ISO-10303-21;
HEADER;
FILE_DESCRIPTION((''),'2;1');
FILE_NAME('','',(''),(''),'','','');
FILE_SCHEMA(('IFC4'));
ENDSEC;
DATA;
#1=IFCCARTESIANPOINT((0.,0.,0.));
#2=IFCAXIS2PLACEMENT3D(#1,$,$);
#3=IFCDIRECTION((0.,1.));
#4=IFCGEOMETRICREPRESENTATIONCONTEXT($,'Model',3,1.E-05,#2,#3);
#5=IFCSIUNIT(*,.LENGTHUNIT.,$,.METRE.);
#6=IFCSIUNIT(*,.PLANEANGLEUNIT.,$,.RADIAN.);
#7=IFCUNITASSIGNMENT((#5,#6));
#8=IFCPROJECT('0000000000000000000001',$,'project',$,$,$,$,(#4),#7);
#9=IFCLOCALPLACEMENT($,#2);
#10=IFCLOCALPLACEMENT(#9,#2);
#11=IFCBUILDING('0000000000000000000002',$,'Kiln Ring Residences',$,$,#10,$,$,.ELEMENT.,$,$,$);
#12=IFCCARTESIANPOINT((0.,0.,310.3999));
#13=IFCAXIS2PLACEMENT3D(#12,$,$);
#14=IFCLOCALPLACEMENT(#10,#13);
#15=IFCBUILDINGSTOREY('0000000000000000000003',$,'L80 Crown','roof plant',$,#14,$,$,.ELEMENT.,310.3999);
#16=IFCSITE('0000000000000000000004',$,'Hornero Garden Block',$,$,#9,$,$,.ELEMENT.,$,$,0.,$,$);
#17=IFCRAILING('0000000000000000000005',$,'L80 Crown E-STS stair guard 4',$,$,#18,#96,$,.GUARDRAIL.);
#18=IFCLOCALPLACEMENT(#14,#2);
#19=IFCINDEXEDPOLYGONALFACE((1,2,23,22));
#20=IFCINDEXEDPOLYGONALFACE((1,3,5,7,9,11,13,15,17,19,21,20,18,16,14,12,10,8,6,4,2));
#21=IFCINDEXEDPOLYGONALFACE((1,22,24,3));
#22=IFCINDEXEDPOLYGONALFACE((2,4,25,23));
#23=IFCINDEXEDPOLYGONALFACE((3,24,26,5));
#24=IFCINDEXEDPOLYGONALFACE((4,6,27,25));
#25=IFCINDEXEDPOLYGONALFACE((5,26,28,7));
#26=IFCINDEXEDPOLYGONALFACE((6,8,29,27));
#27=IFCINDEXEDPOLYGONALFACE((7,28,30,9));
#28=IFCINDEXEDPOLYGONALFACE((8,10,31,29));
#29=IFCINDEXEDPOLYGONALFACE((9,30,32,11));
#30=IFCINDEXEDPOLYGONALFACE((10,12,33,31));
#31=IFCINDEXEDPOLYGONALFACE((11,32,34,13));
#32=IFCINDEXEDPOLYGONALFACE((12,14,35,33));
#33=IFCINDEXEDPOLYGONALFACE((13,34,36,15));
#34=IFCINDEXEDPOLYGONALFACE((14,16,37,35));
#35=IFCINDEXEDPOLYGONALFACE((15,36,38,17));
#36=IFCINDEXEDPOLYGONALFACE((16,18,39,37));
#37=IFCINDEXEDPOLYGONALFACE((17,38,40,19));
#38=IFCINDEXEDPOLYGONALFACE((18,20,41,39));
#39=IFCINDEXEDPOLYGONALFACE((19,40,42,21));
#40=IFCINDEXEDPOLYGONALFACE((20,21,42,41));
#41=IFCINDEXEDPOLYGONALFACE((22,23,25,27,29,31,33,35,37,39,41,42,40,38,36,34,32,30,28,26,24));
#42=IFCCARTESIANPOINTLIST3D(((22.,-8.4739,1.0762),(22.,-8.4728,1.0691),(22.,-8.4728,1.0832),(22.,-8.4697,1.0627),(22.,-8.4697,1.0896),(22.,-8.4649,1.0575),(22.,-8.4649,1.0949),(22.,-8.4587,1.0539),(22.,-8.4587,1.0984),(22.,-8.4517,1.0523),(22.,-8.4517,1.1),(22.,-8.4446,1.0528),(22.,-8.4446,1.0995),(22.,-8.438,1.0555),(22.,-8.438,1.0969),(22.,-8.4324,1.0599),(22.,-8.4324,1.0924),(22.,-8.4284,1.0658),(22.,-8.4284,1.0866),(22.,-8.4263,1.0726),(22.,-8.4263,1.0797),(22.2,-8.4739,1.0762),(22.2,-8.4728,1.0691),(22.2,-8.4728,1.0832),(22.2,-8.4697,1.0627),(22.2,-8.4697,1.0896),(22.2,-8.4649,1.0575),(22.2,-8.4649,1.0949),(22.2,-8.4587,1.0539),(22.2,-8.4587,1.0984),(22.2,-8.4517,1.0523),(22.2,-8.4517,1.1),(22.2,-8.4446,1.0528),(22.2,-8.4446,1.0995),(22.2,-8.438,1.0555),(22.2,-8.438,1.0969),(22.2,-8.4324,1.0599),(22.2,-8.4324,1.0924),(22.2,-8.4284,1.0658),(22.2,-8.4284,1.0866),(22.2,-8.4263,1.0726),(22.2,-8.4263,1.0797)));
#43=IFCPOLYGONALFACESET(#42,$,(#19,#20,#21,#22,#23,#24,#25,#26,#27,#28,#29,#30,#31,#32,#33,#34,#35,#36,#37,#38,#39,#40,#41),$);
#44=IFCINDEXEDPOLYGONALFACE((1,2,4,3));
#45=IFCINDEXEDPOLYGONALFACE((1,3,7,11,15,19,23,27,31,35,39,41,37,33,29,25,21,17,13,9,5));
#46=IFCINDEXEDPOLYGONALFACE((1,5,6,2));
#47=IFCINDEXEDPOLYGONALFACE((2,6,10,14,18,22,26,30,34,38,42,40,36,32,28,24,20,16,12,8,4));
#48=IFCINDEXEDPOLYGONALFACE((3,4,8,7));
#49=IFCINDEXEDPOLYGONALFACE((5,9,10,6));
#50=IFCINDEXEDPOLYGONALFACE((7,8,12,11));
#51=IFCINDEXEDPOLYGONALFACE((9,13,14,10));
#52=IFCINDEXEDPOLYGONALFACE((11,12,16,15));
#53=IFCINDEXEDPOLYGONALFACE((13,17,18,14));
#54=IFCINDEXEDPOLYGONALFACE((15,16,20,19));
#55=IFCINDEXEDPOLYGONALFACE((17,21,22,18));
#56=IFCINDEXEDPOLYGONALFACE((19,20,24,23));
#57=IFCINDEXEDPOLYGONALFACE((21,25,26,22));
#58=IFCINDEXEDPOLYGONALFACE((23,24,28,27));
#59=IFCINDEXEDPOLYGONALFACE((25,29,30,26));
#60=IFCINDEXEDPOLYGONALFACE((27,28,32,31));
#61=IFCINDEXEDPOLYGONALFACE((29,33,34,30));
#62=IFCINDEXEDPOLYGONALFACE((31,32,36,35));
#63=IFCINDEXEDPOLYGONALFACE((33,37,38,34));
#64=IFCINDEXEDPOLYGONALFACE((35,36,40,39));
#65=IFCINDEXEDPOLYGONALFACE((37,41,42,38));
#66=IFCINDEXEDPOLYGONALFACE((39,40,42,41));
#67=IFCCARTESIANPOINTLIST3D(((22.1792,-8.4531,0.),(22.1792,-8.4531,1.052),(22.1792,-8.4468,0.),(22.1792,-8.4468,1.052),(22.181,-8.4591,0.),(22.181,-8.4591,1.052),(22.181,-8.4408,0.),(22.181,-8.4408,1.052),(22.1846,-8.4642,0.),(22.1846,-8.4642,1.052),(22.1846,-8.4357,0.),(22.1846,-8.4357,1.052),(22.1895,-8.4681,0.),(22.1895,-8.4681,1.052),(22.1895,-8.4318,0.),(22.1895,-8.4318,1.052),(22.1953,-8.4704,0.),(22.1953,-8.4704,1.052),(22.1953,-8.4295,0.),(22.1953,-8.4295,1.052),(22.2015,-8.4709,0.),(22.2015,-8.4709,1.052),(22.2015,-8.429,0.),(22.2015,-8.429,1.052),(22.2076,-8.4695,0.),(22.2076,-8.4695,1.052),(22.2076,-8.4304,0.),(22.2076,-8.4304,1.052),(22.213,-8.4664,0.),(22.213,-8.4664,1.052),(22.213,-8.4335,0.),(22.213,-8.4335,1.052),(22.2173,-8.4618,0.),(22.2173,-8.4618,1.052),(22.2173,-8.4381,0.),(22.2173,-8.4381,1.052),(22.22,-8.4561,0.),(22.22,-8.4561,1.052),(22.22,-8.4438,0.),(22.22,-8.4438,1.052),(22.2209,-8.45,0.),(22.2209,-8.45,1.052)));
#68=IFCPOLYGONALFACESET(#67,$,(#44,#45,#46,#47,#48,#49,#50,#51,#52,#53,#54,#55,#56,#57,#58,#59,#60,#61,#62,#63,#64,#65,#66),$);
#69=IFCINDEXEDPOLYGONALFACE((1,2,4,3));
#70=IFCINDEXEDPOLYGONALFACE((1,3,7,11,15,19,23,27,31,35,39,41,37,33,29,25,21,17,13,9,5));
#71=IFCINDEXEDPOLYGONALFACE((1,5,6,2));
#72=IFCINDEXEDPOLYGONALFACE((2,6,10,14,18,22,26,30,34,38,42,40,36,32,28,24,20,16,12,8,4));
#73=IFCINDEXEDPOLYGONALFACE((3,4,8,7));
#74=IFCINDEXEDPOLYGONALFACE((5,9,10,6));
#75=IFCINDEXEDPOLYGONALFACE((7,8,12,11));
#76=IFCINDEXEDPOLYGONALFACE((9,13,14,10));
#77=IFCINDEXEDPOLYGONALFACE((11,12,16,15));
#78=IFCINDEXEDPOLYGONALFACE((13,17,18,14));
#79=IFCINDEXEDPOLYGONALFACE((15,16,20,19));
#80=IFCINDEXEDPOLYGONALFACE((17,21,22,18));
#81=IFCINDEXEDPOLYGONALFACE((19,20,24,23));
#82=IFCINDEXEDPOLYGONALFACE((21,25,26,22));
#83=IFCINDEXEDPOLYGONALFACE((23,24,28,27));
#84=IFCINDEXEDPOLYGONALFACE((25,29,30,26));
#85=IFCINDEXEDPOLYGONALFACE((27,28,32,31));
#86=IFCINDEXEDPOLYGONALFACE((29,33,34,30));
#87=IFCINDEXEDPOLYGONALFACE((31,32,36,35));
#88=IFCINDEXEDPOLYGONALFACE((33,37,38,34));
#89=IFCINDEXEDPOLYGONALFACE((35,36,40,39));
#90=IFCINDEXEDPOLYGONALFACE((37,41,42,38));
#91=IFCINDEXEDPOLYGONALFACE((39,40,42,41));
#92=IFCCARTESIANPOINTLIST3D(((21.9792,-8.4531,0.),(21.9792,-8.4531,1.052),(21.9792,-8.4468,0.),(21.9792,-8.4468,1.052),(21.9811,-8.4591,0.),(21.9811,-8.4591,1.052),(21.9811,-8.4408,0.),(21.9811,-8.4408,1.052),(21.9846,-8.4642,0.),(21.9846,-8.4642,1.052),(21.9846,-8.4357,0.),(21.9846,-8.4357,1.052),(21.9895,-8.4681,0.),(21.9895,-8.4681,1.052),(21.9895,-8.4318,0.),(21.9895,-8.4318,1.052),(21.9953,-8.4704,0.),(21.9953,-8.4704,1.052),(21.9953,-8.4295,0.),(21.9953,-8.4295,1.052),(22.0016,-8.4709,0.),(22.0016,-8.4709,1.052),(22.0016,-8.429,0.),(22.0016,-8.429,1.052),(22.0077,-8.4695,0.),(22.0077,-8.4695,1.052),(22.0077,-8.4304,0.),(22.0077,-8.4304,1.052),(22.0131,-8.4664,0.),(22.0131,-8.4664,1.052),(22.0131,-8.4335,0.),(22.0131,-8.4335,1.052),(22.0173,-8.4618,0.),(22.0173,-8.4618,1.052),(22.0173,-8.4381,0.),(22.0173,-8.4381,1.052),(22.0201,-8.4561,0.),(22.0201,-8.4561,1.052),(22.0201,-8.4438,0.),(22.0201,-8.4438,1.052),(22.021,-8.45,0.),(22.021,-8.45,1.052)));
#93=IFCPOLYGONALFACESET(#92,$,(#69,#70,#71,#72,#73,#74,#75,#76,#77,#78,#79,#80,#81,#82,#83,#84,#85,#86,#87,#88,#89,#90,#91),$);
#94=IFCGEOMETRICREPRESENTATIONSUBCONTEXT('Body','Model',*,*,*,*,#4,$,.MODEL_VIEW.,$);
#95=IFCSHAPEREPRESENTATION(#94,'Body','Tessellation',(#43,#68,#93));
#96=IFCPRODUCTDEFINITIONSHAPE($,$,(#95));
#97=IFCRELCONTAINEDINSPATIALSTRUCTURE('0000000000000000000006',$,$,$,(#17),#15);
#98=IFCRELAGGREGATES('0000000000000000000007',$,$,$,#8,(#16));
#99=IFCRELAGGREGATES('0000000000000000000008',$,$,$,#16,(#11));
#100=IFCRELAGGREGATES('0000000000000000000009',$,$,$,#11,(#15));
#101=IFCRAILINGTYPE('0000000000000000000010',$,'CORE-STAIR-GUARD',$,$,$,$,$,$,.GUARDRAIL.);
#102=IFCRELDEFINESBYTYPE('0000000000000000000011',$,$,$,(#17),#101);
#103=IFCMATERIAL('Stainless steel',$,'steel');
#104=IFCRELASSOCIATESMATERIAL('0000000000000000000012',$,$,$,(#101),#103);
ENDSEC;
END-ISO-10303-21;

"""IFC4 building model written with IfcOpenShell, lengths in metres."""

from ifc_helpers import new_model, si_unit, direction, frame, origin, origin_2d, place, context, subcontext, project, spatial, circle, extrude, material, type_object, element, save


model = new_model("IFC4")

# Units and contexts
model_context = context("Model", 3, precision=1e-05, world=origin(), true_north=direction((0.0, 1.0)))
body_context = subcontext(model_context, "Body", "Model", "MODEL_VIEW")
ifc_project = project(units=[si_unit("LENGTHUNIT", "METRE"), si_unit("PLANEANGLEUNIT", "RADIAN")], contexts=[model_context])

# Site, building, storey
site_placement = place(None, origin())
site = spatial("IfcSite", under=ifc_project, at=site_placement, Name="Hornero Garden Block", CompositionType="ELEMENT", RefElevation=0.0)
building_placement = place(site_placement, origin())
building = spatial("IfcBuilding", under=site, at=building_placement, Name="Kiln Ring Residences", CompositionType="ELEMENT")
storey_placement = place(building_placement, frame((0.0, 0.0, 310.3999)))
storey = spatial("IfcBuildingStorey", under=building, at=storey_placement, Name="L80 Crown", Description="roof plant", CompositionType="ELEMENT", Elevation=310.3999)

# Railing
ifc_material_1 = material(Name="Stainless steel", Category="steel")
railing_type_1 = type_object("IfcRailingType", Name="CORE-STAIR-GUARD", PredefinedType="GUARDRAIL", material=ifc_material_1)
railing_1_placement = place(storey_placement, frame((22.2, -8.45, 0.0)))
element("IfcRailing", 1, at=railing_1_placement, inside=storey, type_object=railing_type_1, Name="L80 Crown E-STS stair guard 4", PredefinedType="GUARDRAIL", context=body_context, shape_type="SweptSolid", body=[
    extrude(circle(Radius=0.0239, at=origin_2d()), frame((0.0, 0.0, 1.0762), z_axis=(-1.0, 0.0, 0.0), x_axis=(0.0, -1.0, 0.0)), (0.0, 0.0, 1.0), 0.2),
    extrude(circle(Radius=0.021, at=origin_2d()), origin(), (0.0, 0.0, 1.0), 1.052),
    extrude(circle(Radius=0.021, at=origin_2d()), frame((-0.2, 0.0, 0.0)), (0.0, 0.0, 1.0), 1.052),
])

save(model, "model.ifc")
